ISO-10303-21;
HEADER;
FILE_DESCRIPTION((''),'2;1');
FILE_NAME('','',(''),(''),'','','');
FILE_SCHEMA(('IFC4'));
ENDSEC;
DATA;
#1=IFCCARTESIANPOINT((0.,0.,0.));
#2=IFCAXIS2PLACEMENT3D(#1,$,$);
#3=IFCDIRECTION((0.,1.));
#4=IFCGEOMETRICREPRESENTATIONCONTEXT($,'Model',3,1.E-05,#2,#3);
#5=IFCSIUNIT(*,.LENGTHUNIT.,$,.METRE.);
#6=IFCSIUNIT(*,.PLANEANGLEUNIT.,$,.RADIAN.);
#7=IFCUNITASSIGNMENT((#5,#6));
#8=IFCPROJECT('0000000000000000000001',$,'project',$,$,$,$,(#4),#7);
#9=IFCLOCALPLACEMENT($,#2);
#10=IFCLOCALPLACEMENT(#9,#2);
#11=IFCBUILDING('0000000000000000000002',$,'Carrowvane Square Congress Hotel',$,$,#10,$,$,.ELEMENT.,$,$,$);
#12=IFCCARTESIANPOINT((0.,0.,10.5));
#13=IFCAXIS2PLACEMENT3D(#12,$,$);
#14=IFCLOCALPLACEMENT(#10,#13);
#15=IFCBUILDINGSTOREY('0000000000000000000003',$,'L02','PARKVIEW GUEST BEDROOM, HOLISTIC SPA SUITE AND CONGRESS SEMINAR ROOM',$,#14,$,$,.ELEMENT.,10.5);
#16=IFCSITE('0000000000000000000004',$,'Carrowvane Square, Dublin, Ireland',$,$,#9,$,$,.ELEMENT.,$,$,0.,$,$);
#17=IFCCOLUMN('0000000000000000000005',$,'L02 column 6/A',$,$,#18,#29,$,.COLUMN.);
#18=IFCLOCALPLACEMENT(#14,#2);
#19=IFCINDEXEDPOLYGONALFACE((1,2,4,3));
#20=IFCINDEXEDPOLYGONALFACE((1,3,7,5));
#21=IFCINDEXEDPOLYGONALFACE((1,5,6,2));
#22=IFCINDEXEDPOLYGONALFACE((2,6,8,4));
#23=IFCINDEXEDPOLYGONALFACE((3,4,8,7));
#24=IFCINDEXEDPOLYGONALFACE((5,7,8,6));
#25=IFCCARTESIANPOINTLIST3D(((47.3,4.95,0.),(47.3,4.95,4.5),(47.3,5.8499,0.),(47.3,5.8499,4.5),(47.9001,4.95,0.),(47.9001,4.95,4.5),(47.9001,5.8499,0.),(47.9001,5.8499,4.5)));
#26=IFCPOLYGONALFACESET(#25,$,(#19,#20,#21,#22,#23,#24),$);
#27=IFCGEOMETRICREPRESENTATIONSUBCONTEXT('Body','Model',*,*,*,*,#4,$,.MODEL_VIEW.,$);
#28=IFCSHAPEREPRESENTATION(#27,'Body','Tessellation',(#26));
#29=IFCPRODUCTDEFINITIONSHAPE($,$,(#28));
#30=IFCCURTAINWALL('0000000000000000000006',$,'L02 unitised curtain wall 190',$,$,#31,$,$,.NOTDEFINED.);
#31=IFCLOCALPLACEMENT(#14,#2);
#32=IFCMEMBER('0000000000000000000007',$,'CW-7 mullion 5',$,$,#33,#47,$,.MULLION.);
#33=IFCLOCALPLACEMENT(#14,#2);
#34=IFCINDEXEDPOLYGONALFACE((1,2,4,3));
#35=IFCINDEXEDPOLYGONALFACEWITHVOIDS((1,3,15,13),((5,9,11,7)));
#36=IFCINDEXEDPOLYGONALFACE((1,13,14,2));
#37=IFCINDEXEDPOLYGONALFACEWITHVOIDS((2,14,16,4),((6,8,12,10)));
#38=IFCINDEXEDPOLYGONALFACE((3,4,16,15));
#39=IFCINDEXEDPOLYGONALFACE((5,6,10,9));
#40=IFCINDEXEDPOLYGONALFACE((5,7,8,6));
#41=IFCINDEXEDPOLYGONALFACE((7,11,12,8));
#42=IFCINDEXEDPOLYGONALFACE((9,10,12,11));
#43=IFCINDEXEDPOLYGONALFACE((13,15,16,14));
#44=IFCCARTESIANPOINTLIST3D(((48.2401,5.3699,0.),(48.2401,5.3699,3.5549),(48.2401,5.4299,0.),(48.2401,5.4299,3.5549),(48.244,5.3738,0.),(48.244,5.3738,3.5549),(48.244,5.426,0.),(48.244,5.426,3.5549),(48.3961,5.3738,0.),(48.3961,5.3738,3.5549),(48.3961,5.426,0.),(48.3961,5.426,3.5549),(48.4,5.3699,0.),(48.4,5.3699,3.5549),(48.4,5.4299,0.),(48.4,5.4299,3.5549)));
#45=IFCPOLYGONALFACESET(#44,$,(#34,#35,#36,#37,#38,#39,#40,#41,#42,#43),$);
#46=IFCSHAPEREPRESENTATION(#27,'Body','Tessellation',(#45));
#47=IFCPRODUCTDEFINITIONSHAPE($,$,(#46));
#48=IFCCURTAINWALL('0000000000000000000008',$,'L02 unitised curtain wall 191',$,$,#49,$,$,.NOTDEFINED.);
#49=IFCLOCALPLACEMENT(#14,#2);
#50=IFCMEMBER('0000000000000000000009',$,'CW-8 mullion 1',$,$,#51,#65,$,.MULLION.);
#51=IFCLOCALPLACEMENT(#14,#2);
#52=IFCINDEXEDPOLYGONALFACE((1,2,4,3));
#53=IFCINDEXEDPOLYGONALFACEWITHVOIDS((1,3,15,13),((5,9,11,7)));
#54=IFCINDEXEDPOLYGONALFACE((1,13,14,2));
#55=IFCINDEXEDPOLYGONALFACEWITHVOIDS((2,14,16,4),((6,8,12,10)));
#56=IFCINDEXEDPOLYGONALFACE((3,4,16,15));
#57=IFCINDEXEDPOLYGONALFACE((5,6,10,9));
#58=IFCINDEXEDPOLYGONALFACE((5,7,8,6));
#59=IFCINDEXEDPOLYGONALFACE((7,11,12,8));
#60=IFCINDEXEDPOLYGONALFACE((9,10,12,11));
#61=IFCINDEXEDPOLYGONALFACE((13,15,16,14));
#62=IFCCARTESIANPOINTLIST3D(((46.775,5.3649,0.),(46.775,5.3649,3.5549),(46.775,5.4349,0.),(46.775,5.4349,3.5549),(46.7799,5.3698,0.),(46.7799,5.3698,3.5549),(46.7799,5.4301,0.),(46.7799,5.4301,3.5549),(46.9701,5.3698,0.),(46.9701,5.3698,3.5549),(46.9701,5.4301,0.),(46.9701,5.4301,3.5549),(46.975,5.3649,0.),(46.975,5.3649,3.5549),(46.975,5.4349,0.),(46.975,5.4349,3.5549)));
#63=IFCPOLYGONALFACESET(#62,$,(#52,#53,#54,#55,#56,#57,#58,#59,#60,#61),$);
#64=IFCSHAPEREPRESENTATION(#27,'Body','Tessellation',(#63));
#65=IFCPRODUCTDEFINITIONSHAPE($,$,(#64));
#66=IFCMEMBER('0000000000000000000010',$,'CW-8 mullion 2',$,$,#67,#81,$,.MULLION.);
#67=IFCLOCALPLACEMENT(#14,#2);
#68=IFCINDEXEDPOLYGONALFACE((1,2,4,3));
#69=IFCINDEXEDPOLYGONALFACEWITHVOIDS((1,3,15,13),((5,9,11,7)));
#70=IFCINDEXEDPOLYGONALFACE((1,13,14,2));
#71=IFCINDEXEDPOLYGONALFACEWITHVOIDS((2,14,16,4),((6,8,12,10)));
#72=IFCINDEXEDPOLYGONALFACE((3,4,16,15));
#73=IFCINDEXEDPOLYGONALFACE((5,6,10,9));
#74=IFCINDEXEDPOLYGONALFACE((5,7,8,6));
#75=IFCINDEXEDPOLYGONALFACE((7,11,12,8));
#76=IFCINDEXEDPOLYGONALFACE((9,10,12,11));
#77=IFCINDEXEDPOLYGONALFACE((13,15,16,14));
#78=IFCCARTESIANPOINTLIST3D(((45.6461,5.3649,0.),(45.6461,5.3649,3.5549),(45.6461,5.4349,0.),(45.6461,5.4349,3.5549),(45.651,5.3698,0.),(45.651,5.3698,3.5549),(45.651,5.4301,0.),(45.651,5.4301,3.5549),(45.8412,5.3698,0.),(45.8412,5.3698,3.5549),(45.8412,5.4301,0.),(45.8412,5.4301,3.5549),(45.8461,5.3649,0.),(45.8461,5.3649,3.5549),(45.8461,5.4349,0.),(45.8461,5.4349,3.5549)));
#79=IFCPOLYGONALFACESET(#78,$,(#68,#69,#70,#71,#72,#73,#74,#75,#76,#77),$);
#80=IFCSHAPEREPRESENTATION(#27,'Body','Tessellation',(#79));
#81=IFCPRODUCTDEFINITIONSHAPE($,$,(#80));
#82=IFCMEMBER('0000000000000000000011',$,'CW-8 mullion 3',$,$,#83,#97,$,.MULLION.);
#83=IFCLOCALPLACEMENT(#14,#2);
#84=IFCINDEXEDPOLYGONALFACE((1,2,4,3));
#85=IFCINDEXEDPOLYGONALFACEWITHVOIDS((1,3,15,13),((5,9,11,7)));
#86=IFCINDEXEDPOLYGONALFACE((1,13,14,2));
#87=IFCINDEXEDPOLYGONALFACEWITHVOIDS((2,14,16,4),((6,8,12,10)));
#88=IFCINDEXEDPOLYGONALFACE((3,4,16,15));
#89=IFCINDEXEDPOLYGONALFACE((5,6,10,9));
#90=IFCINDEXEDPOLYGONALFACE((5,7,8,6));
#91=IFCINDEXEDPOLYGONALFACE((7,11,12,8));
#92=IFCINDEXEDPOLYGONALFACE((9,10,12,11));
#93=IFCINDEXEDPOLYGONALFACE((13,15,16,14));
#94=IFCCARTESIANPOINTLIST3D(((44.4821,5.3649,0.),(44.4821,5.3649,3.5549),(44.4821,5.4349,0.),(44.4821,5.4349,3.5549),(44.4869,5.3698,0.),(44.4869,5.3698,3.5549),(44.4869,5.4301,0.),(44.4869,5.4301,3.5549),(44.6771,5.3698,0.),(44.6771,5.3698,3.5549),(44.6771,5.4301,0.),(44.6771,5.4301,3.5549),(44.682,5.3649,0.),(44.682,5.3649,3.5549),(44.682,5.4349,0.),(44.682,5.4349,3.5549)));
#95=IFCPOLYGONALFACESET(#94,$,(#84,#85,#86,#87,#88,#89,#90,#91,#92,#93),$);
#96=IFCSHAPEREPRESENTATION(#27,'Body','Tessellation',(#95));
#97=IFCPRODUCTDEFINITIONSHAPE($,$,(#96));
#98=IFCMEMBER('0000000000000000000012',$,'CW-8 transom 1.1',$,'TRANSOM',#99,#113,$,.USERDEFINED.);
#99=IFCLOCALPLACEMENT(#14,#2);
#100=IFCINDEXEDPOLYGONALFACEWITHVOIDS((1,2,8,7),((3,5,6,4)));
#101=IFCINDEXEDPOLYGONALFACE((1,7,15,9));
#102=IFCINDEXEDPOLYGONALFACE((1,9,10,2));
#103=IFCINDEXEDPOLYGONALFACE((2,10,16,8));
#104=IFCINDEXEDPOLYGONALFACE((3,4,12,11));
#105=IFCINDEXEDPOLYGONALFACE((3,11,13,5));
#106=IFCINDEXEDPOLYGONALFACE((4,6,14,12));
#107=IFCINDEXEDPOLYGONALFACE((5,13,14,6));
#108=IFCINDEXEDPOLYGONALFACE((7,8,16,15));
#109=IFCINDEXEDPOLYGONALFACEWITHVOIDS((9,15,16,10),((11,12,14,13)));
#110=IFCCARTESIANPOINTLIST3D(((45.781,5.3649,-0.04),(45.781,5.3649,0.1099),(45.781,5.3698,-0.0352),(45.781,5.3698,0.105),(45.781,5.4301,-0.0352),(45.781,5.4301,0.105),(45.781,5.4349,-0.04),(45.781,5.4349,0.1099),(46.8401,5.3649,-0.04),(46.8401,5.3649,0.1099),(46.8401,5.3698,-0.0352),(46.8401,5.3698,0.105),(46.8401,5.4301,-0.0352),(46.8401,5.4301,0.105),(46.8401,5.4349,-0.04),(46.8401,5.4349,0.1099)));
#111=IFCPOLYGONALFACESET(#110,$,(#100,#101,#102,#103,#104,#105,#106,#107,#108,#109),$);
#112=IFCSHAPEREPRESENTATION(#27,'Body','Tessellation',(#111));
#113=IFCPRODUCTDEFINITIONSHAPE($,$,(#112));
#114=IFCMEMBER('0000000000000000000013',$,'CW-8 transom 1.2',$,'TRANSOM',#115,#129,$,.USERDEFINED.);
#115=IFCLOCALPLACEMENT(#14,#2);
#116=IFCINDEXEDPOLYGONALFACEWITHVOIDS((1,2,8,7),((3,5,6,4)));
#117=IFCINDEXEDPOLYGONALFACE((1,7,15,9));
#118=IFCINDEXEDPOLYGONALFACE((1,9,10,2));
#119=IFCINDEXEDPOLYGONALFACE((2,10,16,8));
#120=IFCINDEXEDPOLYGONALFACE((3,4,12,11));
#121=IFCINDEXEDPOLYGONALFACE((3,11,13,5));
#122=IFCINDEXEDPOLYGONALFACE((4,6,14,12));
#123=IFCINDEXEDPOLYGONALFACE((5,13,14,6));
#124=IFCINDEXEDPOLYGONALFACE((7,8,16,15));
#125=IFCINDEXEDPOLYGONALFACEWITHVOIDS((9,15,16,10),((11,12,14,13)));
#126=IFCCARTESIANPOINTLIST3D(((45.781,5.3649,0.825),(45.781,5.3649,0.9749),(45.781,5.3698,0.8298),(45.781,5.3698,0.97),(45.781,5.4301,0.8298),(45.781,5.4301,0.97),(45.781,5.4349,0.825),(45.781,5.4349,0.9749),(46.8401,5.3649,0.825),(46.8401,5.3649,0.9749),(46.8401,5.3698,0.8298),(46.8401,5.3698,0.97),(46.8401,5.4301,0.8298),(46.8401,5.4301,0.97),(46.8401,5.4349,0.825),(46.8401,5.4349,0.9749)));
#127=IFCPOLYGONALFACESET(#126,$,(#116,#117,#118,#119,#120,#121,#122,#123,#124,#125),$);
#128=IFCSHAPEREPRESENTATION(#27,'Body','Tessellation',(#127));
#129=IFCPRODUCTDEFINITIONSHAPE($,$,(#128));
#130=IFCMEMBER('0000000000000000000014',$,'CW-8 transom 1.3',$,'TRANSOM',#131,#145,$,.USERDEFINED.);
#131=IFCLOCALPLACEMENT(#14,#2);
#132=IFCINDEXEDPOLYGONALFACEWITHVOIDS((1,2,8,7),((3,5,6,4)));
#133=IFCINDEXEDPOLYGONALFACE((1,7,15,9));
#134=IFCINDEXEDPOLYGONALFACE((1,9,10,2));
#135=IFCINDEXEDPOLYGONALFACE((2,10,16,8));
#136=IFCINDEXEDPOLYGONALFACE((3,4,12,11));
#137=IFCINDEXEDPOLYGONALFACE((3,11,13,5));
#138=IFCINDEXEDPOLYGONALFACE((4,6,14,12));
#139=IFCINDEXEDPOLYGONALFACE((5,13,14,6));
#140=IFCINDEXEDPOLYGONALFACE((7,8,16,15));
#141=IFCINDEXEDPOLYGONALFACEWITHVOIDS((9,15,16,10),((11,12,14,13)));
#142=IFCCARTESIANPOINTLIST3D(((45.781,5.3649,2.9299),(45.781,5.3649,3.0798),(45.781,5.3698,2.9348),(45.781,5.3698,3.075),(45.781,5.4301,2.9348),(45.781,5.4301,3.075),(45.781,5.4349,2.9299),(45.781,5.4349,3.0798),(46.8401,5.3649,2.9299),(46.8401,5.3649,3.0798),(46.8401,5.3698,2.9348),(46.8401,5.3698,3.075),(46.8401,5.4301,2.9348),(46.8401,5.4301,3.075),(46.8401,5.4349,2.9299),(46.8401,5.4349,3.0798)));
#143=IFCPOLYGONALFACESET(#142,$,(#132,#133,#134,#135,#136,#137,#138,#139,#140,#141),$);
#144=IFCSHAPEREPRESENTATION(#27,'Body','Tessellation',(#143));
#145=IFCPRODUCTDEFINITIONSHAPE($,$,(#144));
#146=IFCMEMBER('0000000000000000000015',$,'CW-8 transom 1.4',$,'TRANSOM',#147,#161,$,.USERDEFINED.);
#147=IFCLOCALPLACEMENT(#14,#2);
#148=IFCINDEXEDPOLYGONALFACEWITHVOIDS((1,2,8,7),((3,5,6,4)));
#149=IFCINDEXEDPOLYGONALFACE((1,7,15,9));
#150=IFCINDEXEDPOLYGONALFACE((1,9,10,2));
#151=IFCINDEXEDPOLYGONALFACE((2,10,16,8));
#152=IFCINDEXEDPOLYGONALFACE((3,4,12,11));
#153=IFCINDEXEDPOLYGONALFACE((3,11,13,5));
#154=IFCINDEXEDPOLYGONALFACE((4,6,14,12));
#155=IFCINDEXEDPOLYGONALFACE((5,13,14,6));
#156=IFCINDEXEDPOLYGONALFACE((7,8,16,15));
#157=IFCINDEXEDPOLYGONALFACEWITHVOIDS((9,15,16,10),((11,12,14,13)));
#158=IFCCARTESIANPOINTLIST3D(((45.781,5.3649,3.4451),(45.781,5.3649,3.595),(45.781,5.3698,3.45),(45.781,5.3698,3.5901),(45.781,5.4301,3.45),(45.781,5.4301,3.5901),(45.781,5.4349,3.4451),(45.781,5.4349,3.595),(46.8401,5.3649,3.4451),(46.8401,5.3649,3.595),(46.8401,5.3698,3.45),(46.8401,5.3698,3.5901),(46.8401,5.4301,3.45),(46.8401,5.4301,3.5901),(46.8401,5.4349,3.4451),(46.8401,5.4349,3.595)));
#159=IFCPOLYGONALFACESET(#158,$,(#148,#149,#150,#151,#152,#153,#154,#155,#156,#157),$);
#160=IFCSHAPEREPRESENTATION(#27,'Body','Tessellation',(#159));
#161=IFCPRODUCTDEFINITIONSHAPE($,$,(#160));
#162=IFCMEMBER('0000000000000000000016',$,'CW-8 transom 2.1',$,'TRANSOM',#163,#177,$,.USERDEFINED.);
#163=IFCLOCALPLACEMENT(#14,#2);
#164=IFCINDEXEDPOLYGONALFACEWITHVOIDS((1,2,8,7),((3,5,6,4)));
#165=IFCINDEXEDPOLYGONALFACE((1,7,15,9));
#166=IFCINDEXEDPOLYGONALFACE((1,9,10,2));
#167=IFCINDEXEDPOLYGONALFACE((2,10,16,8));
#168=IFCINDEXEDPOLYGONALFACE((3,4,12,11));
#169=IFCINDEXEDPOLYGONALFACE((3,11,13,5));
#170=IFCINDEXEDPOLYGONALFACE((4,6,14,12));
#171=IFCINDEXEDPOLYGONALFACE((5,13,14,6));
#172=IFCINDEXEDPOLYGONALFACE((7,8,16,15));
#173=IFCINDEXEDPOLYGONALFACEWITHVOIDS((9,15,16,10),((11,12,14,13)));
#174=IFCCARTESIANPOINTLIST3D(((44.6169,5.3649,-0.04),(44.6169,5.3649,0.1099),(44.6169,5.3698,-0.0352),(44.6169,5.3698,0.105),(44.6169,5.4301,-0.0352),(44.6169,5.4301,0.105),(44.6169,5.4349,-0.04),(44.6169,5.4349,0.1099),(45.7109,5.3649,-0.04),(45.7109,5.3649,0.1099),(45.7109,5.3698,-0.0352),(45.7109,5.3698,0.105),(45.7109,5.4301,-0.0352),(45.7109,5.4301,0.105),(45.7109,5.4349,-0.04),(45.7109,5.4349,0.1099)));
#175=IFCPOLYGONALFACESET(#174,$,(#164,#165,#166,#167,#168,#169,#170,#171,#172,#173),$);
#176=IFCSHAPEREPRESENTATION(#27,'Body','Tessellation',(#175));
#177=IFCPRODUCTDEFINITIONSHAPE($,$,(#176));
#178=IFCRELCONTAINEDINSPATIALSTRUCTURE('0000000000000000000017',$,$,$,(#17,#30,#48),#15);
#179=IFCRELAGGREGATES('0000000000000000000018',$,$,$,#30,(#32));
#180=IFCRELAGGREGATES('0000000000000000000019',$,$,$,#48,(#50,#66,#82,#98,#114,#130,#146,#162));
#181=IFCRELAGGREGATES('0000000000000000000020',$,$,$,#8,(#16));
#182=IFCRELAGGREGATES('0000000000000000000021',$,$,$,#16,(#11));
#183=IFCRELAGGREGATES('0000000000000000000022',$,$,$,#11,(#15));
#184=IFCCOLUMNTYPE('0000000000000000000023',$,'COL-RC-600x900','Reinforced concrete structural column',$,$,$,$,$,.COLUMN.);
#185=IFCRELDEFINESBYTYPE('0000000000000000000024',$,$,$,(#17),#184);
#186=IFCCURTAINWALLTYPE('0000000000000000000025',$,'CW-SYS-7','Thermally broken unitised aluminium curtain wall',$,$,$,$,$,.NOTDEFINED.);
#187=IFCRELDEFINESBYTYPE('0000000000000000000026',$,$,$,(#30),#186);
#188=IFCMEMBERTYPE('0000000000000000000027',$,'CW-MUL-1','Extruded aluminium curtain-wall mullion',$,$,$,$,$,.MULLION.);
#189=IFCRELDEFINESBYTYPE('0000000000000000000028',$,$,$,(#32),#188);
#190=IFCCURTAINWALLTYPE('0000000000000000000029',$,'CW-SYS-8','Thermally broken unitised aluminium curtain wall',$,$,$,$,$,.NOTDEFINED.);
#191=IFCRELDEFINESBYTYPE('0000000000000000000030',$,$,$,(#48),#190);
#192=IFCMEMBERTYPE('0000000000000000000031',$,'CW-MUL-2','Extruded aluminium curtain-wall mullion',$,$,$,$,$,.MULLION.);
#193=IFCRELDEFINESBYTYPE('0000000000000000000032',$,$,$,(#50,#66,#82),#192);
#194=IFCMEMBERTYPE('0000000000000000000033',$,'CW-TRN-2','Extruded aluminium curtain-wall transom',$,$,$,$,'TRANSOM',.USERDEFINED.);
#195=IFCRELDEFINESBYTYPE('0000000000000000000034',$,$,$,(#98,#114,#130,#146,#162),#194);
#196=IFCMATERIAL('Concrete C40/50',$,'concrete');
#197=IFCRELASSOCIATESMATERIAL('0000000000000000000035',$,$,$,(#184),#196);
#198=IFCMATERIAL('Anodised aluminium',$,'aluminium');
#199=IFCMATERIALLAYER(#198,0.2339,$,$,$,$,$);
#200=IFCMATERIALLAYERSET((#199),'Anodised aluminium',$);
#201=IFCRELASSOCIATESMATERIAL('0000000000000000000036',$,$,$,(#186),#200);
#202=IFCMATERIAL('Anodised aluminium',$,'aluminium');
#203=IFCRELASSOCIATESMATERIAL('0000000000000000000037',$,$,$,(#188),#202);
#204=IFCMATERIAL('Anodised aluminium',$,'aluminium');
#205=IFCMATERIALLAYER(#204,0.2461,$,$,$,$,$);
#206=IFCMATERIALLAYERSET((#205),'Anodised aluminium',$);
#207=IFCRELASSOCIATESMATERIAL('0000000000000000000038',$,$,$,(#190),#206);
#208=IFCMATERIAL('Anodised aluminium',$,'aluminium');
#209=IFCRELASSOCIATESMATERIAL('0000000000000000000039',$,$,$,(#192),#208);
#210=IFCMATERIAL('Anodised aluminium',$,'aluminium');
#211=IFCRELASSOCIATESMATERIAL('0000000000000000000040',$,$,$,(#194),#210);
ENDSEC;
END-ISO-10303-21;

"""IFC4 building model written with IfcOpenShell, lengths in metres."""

from ifc_helpers import new_model, si_unit, direction, frame, origin, origin_2d, place, context, subcontext, project, spatial, rectangle, hollow_rectangle, extrude, material, layer, layer_set, material_profile, profile_set, type_object, element, aggregate, save


model = new_model("IFC4")

# Units and contexts
model_context = context("Model", 3, precision=1e-05, world=origin(), true_north=direction((0.0, 1.0)))
body_context = subcontext(model_context, "Body", "Model", "MODEL_VIEW")
ifc_project = project(units=[si_unit("LENGTHUNIT", "METRE"), si_unit("PLANEANGLEUNIT", "RADIAN")], contexts=[model_context])

# Site, building, storey
site_placement = place(None, origin())
site = spatial("IfcSite", under=ifc_project, at=site_placement, Name="Carrowvane Square, Dublin, Ireland", CompositionType="ELEMENT", RefElevation=0.0)
building_placement = place(site_placement, origin())
building = spatial("IfcBuilding", under=site, at=building_placement, Name="Carrowvane Square Congress Hotel", CompositionType="ELEMENT")
storey_placement = place(building_placement, frame((0.0, 0.0, 10.5)))
storey = spatial("IfcBuildingStorey", under=building, at=storey_placement, Name="L02", Description="PARKVIEW GUEST BEDROOM, HOLISTIC SPA SUITE AND CONGRESS SEMINAR ROOM", CompositionType="ELEMENT", Elevation=10.5)

# Column
ifc_material_1 = material(Name="Concrete C40/50", Category="concrete")
ifc_material_profile_1 = material_profile(ifc_material_1, rectangle(XDim=0.6001, YDim=0.8999, at=origin_2d()), Name="RC 600x900")
ifc_profile_set_1 = profile_set([ifc_material_profile_1], Name="Concrete C40/50")
column_type = type_object("IfcColumnType", Name="COL-RC-600x900", Description="Reinforced concrete structural column", PredefinedType="COLUMN", material=ifc_profile_set_1)
column_placement = place(storey_placement, frame((47.6001, 5.3999, 0.0), z_axis=(0.0, 0.0, 1.0), x_axis=(1.0, 0.0, 0.0)))
element("IfcColumn", 1, at=column_placement, inside=storey, type_object=column_type, Name="L02 column 6/A", PredefinedType="COLUMN", context=body_context, shape_type="SweptSolid", body=[
    extrude(rectangle(XDim=0.6001, YDim=0.8999, at=origin_2d()), origin(), (0.0, 0.0, 1.0), 4.5),
])

# Curtain wall, member
ifc_material_2 = material(Name="Anodised aluminium", Category="aluminium")
ifc_layer_1 = layer(ifc_material_2, 0.2339)
ifc_layer_set_1 = layer_set([ifc_layer_1], Name="Anodised aluminium")
curtain_wall_type_1 = type_object("IfcCurtainWallType", Name="CW-SYS-7", Description="Thermally broken unitised aluminium curtain wall", PredefinedType="NOTDEFINED", material=ifc_layer_set_1)
curtain_wall_1_placement = place(storey_placement, origin())
curtain_wall_1 = element("IfcCurtainWall", 2, at=curtain_wall_1_placement, inside=storey, type_object=curtain_wall_type_1, Name="L02 unitised curtain wall 190", PredefinedType="NOTDEFINED")
ifc_material_3 = material(Name="Anodised aluminium", Category="aluminium")
ifc_material_profile_2 = material_profile(ifc_material_3, hollow_rectangle(XDim=0.0601, YDim=0.1599, WallThickness=0.0039, at=origin_2d()), Name="CW-ML 60x160x4")
ifc_profile_set_2 = profile_set([ifc_material_profile_2], Name="Anodised aluminium")
member_type_1 = type_object("IfcMemberType", Name="CW-MUL-1", Description="Extruded aluminium curtain-wall mullion", PredefinedType="MULLION", material=ifc_profile_set_2)
member_1_placement = place(storey_placement, frame((48.3201, 5.3999, 0.0), z_axis=(0.0, 0.0, 1.0), x_axis=(0.0, -1.0, 0.0)))
member_1 = element("IfcMember", 3, at=member_1_placement, type_object=member_type_1, Name="CW-7 mullion 5", PredefinedType="MULLION", context=body_context, shape_type="SweptSolid", body=[
    extrude(hollow_rectangle(XDim=0.0601, YDim=0.1599, WallThickness=0.0039, at=origin_2d()), origin(), (0.0, 0.0, 1.0), 3.5549),
])
aggregate(curtain_wall_1, [member_1])

# Curtain wall, members
ifc_material_4 = material(Name="Anodised aluminium", Category="aluminium")
ifc_layer_2 = layer(ifc_material_4, 0.2461)
ifc_layer_set_2 = layer_set([ifc_layer_2], Name="Anodised aluminium")
curtain_wall_type_2 = type_object("IfcCurtainWallType", Name="CW-SYS-8", Description="Thermally broken unitised aluminium curtain wall", PredefinedType="NOTDEFINED", material=ifc_layer_set_2)
curtain_wall_2_placement = place(storey_placement, origin())
curtain_wall_2 = element("IfcCurtainWall", 4, at=curtain_wall_2_placement, inside=storey, type_object=curtain_wall_type_2, Name="L02 unitised curtain wall 191", PredefinedType="NOTDEFINED")
ifc_material_5 = material(Name="Anodised aluminium", Category="aluminium")
ifc_material_profile_3 = material_profile(ifc_material_5, hollow_rectangle(XDim=0.0701, YDim=0.2, WallThickness=0.0049, at=origin_2d()), Name="CW-ML 70x200x5")
ifc_profile_set_3 = profile_set([ifc_material_profile_3], Name="Anodised aluminium")
member_type_2 = type_object("IfcMemberType", Name="CW-MUL-2", Description="Extruded aluminium curtain-wall mullion", PredefinedType="MULLION", material=ifc_profile_set_3)
member_2_placement = place(storey_placement, frame((46.875, 5.3999, 0.0), z_axis=(0.0, 0.0, 1.0), x_axis=(0.0, -1.0, 0.0)))
member_2 = element("IfcMember", 5, at=member_2_placement, type_object=member_type_2, Name="CW-8 mullion 1", PredefinedType="MULLION", context=body_context, shape_type="SweptSolid", body=[
    extrude(hollow_rectangle(XDim=0.0701, YDim=0.2, WallThickness=0.0049, at=origin_2d()), origin(), (0.0, 0.0, 1.0), 3.5549),
])
member_3_placement = place(storey_placement, frame((45.7461, 5.3999, 0.0), z_axis=(0.0, 0.0, 1.0), x_axis=(0.0, -1.0, 0.0)))
member_3 = element("IfcMember", 6, at=member_3_placement, type_object=member_type_2, Name="CW-8 mullion 2", PredefinedType="MULLION", context=body_context, shape_type="SweptSolid", body=[
    extrude(hollow_rectangle(XDim=0.0701, YDim=0.2, WallThickness=0.0049, at=origin_2d()), origin(), (0.0, 0.0, 1.0), 3.5549),
])
member_4_placement = place(storey_placement, frame((44.582, 5.3999, 0.0), z_axis=(0.0, 0.0, 1.0), x_axis=(0.0, -1.0, 0.0)))
member_4 = element("IfcMember", 7, at=member_4_placement, type_object=member_type_2, Name="CW-8 mullion 3", PredefinedType="MULLION", context=body_context, shape_type="SweptSolid", body=[
    extrude(hollow_rectangle(XDim=0.0701, YDim=0.2, WallThickness=0.0049, at=origin_2d()), origin(), (0.0, 0.0, 1.0), 3.5549),
])
ifc_material_6 = material(Name="Anodised aluminium", Category="aluminium")
ifc_material_profile_4 = material_profile(ifc_material_6, hollow_rectangle(XDim=0.0701, YDim=0.1499, WallThickness=0.0049, at=origin_2d()), Name="CW-TR 70x150x5")
ifc_profile_set_4 = profile_set([ifc_material_profile_4], Name="Anodised aluminium")
member_type_3 = type_object("IfcMemberType", Name="CW-TRN-2", Description="Extruded aluminium curtain-wall transom", ElementType="TRANSOM", PredefinedType="USERDEFINED", material=ifc_profile_set_4)
member_5_placement = place(storey_placement, frame((46.8401, 5.3999, 0.0349), z_axis=(-1.0, 0.0, 0.0), x_axis=(0.0, -1.0, 0.0)))
member_5 = element("IfcMember", 8, at=member_5_placement, type_object=member_type_3, Name="CW-8 transom 1.1", ObjectType="TRANSOM", PredefinedType="USERDEFINED", context=body_context, shape_type="SweptSolid", body=[
    extrude(hollow_rectangle(XDim=0.0701, YDim=0.1499, WallThickness=0.0049, at=origin_2d()), origin(), (0.0, 0.0, 1.0), 1.0591),
])
member_6_placement = place(storey_placement, frame((46.8401, 5.3999, 0.8999), z_axis=(-1.0, 0.0, 0.0), x_axis=(0.0, -1.0, 0.0)))
member_6 = element("IfcMember", 9, at=member_6_placement, type_object=member_type_3, Name="CW-8 transom 1.2", ObjectType="TRANSOM", PredefinedType="USERDEFINED", context=body_context, shape_type="SweptSolid", body=[
    extrude(hollow_rectangle(XDim=0.0701, YDim=0.1499, WallThickness=0.0049, at=origin_2d()), origin(), (0.0, 0.0, 1.0), 1.0591),
])
member_7_placement = place(storey_placement, frame((46.8401, 5.3999, 3.0049), z_axis=(-1.0, 0.0, 0.0), x_axis=(0.0, -1.0, 0.0)))
member_7 = element("IfcMember", 10, at=member_7_placement, type_object=member_type_3, Name="CW-8 transom 1.3", ObjectType="TRANSOM", PredefinedType="USERDEFINED", context=body_context, shape_type="SweptSolid", body=[
    extrude(hollow_rectangle(XDim=0.0701, YDim=0.1499, WallThickness=0.0049, at=origin_2d()), origin(), (0.0, 0.0, 1.0), 1.0591),
])
member_8_placement = place(storey_placement, frame((46.8401, 5.3999, 3.52), z_axis=(-1.0, 0.0, 0.0), x_axis=(0.0, -1.0, 0.0)))
member_8 = element("IfcMember", 11, at=member_8_placement, type_object=member_type_3, Name="CW-8 transom 1.4", ObjectType="TRANSOM", PredefinedType="USERDEFINED", context=body_context, shape_type="SweptSolid", body=[
    extrude(hollow_rectangle(XDim=0.0701, YDim=0.1499, WallThickness=0.0049, at=origin_2d()), origin(), (0.0, 0.0, 1.0), 1.0591),
])
member_9_placement = place(storey_placement, frame((45.7109, 5.3999, 0.0349), z_axis=(-1.0, 0.0, 0.0), x_axis=(0.0, -1.0, 0.0)))
member_9 = element("IfcMember", 12, at=member_9_placement, type_object=member_type_3, Name="CW-8 transom 2.1", ObjectType="TRANSOM", PredefinedType="USERDEFINED", context=body_context, shape_type="SweptSolid", body=[
    extrude(hollow_rectangle(XDim=0.0701, YDim=0.1499, WallThickness=0.0049, at=origin_2d()), origin(), (0.0, 0.0, 1.0), 1.094),
])

aggregate(curtain_wall_2, [member_2, member_3, member_4, member_5, member_6, member_7, member_8, member_9])

save(model, "model.ifc")
